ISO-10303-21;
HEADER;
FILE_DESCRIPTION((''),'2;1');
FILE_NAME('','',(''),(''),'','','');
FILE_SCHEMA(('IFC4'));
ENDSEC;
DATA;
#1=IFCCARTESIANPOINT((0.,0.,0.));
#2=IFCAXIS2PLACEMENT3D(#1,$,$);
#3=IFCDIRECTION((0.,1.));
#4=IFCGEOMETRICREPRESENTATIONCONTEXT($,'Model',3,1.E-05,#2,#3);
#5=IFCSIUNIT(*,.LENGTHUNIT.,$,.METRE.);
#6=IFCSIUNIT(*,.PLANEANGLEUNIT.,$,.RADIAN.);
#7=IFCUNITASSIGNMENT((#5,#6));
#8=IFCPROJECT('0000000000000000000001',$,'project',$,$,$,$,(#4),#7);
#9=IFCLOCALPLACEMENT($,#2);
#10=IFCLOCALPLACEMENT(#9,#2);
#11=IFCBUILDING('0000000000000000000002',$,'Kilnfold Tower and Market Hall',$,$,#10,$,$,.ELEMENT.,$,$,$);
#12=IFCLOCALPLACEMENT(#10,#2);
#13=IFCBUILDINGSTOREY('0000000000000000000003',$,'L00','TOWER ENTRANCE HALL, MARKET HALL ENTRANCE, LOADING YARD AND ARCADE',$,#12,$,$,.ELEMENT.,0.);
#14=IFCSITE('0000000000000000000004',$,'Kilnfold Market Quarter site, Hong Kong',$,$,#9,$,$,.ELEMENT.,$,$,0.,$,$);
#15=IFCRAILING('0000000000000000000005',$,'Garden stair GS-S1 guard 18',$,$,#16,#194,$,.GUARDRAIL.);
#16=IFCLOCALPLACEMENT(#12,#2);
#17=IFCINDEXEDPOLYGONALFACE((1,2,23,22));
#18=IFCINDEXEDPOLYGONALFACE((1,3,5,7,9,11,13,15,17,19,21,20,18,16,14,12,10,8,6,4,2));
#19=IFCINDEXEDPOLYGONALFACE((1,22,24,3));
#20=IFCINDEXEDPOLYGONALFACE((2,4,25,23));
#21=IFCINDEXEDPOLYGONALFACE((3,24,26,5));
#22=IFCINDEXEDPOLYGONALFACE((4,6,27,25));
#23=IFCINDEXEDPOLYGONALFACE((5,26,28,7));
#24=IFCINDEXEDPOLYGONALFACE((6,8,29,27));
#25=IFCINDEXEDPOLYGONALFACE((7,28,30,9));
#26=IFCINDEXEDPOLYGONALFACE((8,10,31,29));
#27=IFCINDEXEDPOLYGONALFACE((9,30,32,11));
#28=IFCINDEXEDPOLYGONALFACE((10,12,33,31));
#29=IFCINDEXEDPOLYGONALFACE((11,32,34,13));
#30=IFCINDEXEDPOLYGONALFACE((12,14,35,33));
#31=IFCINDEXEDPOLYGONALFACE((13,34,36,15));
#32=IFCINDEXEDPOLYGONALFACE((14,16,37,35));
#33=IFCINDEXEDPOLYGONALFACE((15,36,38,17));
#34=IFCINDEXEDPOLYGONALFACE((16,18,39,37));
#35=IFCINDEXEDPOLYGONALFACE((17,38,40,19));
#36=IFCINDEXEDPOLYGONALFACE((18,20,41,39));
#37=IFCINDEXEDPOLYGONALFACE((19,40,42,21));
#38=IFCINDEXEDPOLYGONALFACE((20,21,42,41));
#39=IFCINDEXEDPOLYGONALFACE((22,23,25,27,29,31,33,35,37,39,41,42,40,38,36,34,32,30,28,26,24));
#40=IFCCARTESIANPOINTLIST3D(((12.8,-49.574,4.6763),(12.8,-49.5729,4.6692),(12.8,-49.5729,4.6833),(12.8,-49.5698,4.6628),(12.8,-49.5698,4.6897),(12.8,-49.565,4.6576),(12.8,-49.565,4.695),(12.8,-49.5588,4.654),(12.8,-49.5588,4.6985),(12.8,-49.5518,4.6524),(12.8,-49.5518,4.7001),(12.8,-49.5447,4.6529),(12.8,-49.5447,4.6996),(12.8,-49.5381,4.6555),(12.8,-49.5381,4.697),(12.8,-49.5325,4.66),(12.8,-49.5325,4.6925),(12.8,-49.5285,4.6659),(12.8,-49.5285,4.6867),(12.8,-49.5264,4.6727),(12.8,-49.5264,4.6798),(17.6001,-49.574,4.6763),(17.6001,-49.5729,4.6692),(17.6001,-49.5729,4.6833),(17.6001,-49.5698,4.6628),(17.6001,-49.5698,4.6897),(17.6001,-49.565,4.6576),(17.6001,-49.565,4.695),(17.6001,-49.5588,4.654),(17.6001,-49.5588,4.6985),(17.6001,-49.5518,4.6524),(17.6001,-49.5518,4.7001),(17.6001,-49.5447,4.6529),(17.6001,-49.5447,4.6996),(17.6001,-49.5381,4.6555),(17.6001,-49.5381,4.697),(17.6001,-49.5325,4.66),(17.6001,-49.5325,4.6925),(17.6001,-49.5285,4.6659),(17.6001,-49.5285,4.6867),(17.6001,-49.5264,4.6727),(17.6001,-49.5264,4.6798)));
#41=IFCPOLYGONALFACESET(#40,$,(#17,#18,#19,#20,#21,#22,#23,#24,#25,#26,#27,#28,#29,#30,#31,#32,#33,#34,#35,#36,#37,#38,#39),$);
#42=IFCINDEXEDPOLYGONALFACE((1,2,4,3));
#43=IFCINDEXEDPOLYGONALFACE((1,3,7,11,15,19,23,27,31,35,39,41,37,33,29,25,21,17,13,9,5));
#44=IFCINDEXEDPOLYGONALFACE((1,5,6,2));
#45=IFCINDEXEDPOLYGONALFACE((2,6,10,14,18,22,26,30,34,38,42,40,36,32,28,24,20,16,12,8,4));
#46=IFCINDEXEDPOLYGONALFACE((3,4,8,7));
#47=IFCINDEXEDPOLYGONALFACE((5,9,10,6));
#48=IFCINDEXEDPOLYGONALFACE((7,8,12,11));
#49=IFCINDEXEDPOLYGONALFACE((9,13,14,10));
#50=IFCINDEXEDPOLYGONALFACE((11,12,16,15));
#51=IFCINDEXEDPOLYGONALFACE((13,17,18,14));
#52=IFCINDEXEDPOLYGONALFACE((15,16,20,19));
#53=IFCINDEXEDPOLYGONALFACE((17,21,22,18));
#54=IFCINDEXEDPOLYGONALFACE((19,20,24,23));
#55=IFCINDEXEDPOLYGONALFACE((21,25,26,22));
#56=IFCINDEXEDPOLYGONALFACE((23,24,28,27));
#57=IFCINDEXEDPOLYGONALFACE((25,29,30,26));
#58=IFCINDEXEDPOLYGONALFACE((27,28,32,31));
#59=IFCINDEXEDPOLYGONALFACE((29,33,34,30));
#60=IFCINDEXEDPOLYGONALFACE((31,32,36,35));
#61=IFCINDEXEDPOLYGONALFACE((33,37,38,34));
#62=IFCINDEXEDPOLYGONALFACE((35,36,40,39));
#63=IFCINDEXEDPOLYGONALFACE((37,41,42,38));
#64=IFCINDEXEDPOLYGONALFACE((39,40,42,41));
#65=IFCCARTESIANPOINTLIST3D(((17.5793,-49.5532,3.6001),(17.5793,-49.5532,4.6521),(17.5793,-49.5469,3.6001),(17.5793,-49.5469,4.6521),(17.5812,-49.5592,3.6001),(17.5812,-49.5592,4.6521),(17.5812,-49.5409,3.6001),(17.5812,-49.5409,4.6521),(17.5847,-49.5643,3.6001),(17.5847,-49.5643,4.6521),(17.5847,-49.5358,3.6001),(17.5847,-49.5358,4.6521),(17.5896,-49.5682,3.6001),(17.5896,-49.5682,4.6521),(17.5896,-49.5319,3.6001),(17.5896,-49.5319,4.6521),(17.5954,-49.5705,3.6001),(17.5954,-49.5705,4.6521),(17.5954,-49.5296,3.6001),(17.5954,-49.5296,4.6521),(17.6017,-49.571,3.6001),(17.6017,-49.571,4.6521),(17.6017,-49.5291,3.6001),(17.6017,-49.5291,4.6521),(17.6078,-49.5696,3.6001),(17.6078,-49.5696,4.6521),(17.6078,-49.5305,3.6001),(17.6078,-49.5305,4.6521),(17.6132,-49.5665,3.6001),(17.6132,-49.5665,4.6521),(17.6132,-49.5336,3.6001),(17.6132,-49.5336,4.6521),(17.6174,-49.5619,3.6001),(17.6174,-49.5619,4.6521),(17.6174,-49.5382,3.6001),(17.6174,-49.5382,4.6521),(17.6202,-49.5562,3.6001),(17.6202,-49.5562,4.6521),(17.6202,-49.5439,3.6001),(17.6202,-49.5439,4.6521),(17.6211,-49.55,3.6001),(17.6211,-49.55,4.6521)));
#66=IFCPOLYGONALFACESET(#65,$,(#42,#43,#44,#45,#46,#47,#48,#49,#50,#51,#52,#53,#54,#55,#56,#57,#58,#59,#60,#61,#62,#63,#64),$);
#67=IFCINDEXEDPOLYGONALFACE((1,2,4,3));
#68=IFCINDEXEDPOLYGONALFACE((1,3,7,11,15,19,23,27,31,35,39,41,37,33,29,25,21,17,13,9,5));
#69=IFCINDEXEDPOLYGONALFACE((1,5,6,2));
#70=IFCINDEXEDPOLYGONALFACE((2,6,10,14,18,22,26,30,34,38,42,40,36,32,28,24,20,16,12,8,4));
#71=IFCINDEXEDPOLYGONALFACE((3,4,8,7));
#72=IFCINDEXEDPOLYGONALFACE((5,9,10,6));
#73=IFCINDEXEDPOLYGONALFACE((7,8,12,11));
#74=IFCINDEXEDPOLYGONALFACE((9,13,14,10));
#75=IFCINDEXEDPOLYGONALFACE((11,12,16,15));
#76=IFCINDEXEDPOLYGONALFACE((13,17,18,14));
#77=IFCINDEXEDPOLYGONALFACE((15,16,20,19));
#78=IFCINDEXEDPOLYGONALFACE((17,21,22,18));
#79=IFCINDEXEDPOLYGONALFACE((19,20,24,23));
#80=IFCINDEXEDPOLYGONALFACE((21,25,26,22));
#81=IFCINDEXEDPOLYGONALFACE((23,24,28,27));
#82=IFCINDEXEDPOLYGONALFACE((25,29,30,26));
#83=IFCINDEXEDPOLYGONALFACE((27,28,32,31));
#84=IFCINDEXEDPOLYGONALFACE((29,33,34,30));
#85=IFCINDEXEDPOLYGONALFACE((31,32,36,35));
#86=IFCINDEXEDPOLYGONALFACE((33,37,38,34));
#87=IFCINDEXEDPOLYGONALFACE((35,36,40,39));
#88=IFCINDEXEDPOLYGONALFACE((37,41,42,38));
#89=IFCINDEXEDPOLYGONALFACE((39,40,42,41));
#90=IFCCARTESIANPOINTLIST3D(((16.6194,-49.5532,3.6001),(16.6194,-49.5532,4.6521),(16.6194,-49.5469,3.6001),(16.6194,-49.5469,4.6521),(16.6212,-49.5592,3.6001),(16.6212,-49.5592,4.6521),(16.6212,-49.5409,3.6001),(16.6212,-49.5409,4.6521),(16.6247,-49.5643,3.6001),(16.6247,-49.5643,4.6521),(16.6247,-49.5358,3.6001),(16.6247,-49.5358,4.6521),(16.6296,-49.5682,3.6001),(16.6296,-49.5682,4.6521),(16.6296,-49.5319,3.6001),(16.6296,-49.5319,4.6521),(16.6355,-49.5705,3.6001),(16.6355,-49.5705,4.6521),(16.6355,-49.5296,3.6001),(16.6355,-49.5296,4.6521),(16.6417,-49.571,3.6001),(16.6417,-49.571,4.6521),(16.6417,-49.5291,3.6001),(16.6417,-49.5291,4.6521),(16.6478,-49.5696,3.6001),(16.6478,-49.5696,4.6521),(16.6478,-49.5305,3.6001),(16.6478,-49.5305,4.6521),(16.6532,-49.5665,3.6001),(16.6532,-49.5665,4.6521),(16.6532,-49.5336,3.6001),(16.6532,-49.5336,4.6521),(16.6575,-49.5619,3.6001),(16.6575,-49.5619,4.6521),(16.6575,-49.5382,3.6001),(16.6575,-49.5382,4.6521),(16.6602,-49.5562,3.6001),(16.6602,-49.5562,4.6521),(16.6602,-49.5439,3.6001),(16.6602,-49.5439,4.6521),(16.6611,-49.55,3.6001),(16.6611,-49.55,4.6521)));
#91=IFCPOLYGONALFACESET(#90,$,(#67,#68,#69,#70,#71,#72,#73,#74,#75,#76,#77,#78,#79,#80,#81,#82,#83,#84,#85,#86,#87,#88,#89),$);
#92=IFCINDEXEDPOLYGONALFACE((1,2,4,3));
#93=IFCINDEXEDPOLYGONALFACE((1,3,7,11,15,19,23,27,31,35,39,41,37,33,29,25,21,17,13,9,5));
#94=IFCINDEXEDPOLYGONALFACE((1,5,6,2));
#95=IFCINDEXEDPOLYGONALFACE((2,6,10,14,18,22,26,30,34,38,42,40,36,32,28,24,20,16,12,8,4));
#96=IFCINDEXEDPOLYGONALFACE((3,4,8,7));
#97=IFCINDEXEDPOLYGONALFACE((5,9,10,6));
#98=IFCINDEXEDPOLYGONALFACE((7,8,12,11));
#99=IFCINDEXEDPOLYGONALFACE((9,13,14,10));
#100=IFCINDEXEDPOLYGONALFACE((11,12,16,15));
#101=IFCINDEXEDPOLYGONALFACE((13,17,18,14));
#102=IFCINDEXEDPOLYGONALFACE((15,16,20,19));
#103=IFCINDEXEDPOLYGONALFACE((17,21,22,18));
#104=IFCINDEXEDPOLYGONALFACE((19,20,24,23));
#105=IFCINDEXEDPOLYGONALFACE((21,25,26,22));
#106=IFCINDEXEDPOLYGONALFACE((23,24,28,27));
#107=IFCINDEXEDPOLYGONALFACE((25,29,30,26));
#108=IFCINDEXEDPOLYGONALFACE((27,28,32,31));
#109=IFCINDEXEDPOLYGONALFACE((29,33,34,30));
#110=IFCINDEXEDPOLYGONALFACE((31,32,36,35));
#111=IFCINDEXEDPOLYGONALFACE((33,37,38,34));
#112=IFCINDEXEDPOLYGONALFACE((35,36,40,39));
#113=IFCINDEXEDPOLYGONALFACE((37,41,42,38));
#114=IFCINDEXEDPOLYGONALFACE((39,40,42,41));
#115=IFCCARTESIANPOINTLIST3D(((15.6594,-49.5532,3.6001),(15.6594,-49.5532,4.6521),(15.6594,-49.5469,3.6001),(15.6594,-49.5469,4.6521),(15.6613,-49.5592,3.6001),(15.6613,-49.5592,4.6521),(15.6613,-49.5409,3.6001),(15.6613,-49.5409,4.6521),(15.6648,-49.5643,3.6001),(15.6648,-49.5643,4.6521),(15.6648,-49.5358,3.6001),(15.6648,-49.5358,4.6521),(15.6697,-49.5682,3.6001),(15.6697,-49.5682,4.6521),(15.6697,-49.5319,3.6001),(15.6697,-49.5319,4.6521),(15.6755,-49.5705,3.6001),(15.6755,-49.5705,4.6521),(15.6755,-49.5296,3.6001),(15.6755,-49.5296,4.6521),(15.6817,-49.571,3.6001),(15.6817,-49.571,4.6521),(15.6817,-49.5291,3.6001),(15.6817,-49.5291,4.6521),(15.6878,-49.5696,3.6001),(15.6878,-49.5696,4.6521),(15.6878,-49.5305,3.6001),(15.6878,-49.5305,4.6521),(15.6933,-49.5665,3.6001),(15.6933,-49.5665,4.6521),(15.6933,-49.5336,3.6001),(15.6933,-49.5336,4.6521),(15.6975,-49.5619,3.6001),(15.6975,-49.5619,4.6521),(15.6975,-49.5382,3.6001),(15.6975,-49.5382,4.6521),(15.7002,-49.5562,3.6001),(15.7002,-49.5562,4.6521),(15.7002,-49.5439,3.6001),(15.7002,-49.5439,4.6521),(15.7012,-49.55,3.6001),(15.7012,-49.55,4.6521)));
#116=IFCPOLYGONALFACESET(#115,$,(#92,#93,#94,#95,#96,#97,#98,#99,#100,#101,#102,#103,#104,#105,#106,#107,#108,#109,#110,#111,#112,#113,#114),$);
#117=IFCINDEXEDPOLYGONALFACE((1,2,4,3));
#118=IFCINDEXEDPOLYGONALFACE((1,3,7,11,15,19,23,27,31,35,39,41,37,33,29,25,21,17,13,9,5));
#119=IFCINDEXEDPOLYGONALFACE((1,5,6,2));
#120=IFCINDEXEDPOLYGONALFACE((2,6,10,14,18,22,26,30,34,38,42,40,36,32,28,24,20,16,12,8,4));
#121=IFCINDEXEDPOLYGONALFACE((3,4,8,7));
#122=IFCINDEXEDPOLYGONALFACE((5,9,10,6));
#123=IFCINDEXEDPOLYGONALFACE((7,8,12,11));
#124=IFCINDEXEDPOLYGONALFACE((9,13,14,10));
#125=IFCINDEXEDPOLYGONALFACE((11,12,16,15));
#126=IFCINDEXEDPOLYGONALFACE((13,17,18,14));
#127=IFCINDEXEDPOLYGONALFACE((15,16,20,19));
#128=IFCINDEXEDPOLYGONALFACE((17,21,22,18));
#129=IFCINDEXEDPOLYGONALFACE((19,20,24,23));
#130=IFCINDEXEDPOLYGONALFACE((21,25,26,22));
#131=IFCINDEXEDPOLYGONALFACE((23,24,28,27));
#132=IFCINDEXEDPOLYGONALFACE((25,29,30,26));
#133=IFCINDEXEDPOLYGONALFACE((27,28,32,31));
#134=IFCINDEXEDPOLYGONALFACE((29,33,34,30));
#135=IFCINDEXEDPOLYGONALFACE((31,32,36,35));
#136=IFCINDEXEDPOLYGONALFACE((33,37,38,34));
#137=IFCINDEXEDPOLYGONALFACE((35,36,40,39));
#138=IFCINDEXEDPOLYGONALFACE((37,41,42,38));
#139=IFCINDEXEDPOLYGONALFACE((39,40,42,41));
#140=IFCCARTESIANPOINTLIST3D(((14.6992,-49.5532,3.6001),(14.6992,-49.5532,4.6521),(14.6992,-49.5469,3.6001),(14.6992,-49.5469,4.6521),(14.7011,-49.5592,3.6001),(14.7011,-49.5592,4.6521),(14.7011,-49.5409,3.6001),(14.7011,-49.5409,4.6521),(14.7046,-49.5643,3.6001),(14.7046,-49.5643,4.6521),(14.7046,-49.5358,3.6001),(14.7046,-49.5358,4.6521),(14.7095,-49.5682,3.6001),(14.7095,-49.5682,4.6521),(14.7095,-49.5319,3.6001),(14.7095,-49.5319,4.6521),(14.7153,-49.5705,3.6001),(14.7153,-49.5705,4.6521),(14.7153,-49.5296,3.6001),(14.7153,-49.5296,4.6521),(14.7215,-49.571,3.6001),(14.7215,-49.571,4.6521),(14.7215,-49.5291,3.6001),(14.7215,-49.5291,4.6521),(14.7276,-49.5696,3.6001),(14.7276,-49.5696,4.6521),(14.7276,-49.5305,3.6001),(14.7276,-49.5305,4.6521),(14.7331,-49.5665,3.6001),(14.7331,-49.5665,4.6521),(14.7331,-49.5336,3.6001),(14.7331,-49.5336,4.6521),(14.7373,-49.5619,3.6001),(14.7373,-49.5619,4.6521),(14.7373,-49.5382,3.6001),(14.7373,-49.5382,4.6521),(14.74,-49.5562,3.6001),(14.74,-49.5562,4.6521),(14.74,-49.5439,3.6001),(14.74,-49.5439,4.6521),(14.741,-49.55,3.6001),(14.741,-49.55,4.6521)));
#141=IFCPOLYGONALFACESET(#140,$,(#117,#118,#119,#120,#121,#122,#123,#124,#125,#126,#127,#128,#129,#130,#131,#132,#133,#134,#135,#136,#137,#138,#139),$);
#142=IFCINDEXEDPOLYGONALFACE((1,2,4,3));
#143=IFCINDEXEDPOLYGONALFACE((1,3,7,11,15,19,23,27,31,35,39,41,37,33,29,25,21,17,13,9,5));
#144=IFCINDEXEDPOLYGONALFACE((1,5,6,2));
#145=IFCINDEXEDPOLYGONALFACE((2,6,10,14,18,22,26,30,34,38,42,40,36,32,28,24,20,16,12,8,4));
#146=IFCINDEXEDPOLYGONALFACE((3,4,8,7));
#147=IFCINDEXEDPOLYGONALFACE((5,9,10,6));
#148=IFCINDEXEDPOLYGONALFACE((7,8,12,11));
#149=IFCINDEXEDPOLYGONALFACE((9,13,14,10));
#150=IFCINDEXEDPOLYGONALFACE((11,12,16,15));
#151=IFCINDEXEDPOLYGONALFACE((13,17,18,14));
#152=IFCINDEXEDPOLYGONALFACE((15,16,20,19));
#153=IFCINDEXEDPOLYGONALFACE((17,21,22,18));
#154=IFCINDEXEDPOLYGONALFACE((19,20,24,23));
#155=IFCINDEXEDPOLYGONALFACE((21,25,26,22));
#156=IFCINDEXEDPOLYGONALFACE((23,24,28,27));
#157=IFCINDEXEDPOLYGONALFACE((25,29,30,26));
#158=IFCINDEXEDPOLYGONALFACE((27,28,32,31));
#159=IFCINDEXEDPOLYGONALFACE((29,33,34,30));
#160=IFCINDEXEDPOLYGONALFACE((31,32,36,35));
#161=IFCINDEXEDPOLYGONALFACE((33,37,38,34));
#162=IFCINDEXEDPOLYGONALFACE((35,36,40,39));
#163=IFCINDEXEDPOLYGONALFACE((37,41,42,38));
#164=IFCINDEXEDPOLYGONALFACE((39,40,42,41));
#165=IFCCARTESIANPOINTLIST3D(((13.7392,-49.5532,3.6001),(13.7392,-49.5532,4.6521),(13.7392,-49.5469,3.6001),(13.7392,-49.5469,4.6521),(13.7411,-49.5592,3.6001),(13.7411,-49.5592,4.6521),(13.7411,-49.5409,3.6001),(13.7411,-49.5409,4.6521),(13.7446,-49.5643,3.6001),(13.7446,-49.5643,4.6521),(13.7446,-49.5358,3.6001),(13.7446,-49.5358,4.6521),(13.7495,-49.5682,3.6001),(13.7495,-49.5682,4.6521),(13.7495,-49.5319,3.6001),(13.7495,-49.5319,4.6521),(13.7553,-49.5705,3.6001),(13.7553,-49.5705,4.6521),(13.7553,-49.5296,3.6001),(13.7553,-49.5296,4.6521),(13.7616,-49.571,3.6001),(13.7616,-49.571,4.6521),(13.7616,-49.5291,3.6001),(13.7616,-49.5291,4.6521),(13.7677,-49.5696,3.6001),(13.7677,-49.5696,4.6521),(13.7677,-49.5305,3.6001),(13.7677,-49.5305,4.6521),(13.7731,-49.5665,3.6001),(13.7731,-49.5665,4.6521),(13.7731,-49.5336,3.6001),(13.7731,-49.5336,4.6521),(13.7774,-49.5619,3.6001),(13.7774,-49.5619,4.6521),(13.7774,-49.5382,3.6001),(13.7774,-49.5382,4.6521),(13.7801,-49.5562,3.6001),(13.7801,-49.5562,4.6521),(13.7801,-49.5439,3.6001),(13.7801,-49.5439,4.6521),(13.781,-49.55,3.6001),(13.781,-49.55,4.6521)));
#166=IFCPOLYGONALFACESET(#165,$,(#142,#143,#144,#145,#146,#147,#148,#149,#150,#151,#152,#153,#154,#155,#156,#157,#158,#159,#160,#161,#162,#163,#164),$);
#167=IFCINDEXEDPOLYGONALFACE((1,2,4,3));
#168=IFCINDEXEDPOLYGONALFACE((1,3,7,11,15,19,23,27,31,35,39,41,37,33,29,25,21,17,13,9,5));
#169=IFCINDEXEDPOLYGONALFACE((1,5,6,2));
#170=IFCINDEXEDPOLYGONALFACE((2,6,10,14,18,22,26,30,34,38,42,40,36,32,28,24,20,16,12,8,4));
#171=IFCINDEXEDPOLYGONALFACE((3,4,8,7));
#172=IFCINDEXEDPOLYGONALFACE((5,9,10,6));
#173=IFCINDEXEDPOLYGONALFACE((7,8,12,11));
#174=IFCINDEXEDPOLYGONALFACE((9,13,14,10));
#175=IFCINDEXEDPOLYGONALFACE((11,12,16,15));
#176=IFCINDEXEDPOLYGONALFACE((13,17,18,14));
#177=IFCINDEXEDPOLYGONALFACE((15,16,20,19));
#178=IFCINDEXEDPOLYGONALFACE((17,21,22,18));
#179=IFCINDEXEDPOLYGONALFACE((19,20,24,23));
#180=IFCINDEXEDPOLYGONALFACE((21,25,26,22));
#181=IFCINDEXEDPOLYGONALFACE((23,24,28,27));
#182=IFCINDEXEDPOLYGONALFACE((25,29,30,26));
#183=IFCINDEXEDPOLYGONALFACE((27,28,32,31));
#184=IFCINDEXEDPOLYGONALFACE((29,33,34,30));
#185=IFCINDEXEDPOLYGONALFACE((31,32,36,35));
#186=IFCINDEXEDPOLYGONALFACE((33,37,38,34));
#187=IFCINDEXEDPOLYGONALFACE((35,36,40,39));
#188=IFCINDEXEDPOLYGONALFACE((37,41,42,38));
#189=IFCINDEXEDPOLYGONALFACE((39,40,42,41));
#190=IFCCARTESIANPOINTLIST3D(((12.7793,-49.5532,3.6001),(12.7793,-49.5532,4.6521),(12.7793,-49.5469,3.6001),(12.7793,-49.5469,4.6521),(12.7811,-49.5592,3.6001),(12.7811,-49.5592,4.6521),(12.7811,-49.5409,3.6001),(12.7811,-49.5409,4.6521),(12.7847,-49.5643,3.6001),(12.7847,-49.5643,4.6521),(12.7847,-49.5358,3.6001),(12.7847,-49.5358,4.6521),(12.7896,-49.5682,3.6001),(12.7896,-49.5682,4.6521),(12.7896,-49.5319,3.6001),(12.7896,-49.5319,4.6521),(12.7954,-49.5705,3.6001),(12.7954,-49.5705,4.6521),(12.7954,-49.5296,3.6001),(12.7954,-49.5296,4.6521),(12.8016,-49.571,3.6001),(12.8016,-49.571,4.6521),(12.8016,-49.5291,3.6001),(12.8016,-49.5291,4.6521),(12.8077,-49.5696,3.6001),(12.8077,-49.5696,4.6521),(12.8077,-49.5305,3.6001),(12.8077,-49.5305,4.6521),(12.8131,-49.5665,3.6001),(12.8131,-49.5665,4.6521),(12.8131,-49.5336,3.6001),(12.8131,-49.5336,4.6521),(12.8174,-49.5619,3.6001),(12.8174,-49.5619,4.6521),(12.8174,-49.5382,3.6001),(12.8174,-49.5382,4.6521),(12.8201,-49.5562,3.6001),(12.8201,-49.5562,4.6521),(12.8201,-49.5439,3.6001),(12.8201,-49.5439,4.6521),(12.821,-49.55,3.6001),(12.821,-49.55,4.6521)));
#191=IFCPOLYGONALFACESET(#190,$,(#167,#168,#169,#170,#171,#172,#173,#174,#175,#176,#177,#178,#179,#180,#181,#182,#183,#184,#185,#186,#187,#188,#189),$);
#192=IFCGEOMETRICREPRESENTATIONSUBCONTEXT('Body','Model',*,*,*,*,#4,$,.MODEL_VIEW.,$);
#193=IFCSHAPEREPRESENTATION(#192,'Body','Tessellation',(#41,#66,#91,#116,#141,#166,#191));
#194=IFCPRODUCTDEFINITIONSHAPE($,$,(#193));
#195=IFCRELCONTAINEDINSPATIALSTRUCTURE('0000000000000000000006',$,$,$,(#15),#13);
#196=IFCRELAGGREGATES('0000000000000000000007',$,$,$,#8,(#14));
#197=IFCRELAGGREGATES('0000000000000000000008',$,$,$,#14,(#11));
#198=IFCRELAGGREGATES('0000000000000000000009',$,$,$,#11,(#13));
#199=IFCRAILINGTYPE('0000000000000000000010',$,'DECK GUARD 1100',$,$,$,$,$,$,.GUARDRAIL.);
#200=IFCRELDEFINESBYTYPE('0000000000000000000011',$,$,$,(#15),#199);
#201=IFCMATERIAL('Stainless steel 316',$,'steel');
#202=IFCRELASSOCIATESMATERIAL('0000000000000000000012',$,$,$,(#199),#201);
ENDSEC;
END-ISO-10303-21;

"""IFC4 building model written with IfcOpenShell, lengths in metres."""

from ifc_helpers import new_model, si_unit, direction, frame, origin, origin_2d, place, context, subcontext, project, spatial, circle, extrude, material, type_object, element, save


model = new_model("IFC4")

# Units and contexts
model_context = context("Model", 3, precision=1e-05, world=origin(), true_north=direction((0.0, 1.0)))
body_context = subcontext(model_context, "Body", "Model", "MODEL_VIEW")
ifc_project = project(units=[si_unit("LENGTHUNIT", "METRE"), si_unit("PLANEANGLEUNIT", "RADIAN")], contexts=[model_context])

# Site, building, storey
site_placement = place(None, origin())
site = spatial("IfcSite", under=ifc_project, at=site_placement, Name="Kilnfold Market Quarter site, Hong Kong", CompositionType="ELEMENT", RefElevation=0.0)
building_placement = place(site_placement, origin())
building = spatial("IfcBuilding", under=site, at=building_placement, Name="Kilnfold Tower and Market Hall", CompositionType="ELEMENT")
storey_placement = place(building_placement, origin())
storey = spatial("IfcBuildingStorey", under=building, at=storey_placement, Name="L00", Description="TOWER ENTRANCE HALL, MARKET HALL ENTRANCE, LOADING YARD AND ARCADE", CompositionType="ELEMENT", Elevation=0.0)

# Railing
ifc_material_1 = material(Name="Stainless steel 316", Category="steel")
railing_type_1 = type_object("IfcRailingType", Name="DECK GUARD 1100", PredefinedType="GUARDRAIL", material=ifc_material_1)
railing_1_placement = place(storey_placement, frame((17.6001, -49.55, 3.6001)))
element("IfcRailing", 1, at=railing_1_placement, inside=storey, type_object=railing_type_1, Name="Garden stair GS-S1 guard 18", PredefinedType="GUARDRAIL", context=body_context, shape_type="SweptSolid", body=[
    extrude(circle(Radius=0.0239, at=origin_2d()), frame((0.0, 0.0, 1.0762), z_axis=(-1.0, 0.0, 0.0), x_axis=(0.0, -1.0, 0.0)), (0.0, 0.0, 1.0), 4.8),
    extrude(circle(Radius=0.021, at=origin_2d()), origin(), (0.0, 0.0, 1.0), 1.052),
    extrude(circle(Radius=0.021, at=origin_2d()), frame((-0.96, 0.0, 0.0)), (0.0, 0.0, 1.0), 1.052),
    extrude(circle(Radius=0.021, at=origin_2d()), frame((-1.9199, 0.0, 0.0)), (0.0, 0.0, 1.0), 1.052),
    extrude(circle(Radius=0.021, at=origin_2d()), frame((-2.8801, 0.0, 0.0)), (0.0, 0.0, 1.0), 1.052),
    extrude(circle(Radius=0.021, at=origin_2d()), frame((-3.8401, 0.0, 0.0)), (0.0, 0.0, 1.0), 1.052),
    extrude(circle(Radius=0.021, at=origin_2d()), frame((-4.8, 0.0, 0.0)), (0.0, 0.0, 1.0), 1.052),
])

save(model, "model.ifc")
